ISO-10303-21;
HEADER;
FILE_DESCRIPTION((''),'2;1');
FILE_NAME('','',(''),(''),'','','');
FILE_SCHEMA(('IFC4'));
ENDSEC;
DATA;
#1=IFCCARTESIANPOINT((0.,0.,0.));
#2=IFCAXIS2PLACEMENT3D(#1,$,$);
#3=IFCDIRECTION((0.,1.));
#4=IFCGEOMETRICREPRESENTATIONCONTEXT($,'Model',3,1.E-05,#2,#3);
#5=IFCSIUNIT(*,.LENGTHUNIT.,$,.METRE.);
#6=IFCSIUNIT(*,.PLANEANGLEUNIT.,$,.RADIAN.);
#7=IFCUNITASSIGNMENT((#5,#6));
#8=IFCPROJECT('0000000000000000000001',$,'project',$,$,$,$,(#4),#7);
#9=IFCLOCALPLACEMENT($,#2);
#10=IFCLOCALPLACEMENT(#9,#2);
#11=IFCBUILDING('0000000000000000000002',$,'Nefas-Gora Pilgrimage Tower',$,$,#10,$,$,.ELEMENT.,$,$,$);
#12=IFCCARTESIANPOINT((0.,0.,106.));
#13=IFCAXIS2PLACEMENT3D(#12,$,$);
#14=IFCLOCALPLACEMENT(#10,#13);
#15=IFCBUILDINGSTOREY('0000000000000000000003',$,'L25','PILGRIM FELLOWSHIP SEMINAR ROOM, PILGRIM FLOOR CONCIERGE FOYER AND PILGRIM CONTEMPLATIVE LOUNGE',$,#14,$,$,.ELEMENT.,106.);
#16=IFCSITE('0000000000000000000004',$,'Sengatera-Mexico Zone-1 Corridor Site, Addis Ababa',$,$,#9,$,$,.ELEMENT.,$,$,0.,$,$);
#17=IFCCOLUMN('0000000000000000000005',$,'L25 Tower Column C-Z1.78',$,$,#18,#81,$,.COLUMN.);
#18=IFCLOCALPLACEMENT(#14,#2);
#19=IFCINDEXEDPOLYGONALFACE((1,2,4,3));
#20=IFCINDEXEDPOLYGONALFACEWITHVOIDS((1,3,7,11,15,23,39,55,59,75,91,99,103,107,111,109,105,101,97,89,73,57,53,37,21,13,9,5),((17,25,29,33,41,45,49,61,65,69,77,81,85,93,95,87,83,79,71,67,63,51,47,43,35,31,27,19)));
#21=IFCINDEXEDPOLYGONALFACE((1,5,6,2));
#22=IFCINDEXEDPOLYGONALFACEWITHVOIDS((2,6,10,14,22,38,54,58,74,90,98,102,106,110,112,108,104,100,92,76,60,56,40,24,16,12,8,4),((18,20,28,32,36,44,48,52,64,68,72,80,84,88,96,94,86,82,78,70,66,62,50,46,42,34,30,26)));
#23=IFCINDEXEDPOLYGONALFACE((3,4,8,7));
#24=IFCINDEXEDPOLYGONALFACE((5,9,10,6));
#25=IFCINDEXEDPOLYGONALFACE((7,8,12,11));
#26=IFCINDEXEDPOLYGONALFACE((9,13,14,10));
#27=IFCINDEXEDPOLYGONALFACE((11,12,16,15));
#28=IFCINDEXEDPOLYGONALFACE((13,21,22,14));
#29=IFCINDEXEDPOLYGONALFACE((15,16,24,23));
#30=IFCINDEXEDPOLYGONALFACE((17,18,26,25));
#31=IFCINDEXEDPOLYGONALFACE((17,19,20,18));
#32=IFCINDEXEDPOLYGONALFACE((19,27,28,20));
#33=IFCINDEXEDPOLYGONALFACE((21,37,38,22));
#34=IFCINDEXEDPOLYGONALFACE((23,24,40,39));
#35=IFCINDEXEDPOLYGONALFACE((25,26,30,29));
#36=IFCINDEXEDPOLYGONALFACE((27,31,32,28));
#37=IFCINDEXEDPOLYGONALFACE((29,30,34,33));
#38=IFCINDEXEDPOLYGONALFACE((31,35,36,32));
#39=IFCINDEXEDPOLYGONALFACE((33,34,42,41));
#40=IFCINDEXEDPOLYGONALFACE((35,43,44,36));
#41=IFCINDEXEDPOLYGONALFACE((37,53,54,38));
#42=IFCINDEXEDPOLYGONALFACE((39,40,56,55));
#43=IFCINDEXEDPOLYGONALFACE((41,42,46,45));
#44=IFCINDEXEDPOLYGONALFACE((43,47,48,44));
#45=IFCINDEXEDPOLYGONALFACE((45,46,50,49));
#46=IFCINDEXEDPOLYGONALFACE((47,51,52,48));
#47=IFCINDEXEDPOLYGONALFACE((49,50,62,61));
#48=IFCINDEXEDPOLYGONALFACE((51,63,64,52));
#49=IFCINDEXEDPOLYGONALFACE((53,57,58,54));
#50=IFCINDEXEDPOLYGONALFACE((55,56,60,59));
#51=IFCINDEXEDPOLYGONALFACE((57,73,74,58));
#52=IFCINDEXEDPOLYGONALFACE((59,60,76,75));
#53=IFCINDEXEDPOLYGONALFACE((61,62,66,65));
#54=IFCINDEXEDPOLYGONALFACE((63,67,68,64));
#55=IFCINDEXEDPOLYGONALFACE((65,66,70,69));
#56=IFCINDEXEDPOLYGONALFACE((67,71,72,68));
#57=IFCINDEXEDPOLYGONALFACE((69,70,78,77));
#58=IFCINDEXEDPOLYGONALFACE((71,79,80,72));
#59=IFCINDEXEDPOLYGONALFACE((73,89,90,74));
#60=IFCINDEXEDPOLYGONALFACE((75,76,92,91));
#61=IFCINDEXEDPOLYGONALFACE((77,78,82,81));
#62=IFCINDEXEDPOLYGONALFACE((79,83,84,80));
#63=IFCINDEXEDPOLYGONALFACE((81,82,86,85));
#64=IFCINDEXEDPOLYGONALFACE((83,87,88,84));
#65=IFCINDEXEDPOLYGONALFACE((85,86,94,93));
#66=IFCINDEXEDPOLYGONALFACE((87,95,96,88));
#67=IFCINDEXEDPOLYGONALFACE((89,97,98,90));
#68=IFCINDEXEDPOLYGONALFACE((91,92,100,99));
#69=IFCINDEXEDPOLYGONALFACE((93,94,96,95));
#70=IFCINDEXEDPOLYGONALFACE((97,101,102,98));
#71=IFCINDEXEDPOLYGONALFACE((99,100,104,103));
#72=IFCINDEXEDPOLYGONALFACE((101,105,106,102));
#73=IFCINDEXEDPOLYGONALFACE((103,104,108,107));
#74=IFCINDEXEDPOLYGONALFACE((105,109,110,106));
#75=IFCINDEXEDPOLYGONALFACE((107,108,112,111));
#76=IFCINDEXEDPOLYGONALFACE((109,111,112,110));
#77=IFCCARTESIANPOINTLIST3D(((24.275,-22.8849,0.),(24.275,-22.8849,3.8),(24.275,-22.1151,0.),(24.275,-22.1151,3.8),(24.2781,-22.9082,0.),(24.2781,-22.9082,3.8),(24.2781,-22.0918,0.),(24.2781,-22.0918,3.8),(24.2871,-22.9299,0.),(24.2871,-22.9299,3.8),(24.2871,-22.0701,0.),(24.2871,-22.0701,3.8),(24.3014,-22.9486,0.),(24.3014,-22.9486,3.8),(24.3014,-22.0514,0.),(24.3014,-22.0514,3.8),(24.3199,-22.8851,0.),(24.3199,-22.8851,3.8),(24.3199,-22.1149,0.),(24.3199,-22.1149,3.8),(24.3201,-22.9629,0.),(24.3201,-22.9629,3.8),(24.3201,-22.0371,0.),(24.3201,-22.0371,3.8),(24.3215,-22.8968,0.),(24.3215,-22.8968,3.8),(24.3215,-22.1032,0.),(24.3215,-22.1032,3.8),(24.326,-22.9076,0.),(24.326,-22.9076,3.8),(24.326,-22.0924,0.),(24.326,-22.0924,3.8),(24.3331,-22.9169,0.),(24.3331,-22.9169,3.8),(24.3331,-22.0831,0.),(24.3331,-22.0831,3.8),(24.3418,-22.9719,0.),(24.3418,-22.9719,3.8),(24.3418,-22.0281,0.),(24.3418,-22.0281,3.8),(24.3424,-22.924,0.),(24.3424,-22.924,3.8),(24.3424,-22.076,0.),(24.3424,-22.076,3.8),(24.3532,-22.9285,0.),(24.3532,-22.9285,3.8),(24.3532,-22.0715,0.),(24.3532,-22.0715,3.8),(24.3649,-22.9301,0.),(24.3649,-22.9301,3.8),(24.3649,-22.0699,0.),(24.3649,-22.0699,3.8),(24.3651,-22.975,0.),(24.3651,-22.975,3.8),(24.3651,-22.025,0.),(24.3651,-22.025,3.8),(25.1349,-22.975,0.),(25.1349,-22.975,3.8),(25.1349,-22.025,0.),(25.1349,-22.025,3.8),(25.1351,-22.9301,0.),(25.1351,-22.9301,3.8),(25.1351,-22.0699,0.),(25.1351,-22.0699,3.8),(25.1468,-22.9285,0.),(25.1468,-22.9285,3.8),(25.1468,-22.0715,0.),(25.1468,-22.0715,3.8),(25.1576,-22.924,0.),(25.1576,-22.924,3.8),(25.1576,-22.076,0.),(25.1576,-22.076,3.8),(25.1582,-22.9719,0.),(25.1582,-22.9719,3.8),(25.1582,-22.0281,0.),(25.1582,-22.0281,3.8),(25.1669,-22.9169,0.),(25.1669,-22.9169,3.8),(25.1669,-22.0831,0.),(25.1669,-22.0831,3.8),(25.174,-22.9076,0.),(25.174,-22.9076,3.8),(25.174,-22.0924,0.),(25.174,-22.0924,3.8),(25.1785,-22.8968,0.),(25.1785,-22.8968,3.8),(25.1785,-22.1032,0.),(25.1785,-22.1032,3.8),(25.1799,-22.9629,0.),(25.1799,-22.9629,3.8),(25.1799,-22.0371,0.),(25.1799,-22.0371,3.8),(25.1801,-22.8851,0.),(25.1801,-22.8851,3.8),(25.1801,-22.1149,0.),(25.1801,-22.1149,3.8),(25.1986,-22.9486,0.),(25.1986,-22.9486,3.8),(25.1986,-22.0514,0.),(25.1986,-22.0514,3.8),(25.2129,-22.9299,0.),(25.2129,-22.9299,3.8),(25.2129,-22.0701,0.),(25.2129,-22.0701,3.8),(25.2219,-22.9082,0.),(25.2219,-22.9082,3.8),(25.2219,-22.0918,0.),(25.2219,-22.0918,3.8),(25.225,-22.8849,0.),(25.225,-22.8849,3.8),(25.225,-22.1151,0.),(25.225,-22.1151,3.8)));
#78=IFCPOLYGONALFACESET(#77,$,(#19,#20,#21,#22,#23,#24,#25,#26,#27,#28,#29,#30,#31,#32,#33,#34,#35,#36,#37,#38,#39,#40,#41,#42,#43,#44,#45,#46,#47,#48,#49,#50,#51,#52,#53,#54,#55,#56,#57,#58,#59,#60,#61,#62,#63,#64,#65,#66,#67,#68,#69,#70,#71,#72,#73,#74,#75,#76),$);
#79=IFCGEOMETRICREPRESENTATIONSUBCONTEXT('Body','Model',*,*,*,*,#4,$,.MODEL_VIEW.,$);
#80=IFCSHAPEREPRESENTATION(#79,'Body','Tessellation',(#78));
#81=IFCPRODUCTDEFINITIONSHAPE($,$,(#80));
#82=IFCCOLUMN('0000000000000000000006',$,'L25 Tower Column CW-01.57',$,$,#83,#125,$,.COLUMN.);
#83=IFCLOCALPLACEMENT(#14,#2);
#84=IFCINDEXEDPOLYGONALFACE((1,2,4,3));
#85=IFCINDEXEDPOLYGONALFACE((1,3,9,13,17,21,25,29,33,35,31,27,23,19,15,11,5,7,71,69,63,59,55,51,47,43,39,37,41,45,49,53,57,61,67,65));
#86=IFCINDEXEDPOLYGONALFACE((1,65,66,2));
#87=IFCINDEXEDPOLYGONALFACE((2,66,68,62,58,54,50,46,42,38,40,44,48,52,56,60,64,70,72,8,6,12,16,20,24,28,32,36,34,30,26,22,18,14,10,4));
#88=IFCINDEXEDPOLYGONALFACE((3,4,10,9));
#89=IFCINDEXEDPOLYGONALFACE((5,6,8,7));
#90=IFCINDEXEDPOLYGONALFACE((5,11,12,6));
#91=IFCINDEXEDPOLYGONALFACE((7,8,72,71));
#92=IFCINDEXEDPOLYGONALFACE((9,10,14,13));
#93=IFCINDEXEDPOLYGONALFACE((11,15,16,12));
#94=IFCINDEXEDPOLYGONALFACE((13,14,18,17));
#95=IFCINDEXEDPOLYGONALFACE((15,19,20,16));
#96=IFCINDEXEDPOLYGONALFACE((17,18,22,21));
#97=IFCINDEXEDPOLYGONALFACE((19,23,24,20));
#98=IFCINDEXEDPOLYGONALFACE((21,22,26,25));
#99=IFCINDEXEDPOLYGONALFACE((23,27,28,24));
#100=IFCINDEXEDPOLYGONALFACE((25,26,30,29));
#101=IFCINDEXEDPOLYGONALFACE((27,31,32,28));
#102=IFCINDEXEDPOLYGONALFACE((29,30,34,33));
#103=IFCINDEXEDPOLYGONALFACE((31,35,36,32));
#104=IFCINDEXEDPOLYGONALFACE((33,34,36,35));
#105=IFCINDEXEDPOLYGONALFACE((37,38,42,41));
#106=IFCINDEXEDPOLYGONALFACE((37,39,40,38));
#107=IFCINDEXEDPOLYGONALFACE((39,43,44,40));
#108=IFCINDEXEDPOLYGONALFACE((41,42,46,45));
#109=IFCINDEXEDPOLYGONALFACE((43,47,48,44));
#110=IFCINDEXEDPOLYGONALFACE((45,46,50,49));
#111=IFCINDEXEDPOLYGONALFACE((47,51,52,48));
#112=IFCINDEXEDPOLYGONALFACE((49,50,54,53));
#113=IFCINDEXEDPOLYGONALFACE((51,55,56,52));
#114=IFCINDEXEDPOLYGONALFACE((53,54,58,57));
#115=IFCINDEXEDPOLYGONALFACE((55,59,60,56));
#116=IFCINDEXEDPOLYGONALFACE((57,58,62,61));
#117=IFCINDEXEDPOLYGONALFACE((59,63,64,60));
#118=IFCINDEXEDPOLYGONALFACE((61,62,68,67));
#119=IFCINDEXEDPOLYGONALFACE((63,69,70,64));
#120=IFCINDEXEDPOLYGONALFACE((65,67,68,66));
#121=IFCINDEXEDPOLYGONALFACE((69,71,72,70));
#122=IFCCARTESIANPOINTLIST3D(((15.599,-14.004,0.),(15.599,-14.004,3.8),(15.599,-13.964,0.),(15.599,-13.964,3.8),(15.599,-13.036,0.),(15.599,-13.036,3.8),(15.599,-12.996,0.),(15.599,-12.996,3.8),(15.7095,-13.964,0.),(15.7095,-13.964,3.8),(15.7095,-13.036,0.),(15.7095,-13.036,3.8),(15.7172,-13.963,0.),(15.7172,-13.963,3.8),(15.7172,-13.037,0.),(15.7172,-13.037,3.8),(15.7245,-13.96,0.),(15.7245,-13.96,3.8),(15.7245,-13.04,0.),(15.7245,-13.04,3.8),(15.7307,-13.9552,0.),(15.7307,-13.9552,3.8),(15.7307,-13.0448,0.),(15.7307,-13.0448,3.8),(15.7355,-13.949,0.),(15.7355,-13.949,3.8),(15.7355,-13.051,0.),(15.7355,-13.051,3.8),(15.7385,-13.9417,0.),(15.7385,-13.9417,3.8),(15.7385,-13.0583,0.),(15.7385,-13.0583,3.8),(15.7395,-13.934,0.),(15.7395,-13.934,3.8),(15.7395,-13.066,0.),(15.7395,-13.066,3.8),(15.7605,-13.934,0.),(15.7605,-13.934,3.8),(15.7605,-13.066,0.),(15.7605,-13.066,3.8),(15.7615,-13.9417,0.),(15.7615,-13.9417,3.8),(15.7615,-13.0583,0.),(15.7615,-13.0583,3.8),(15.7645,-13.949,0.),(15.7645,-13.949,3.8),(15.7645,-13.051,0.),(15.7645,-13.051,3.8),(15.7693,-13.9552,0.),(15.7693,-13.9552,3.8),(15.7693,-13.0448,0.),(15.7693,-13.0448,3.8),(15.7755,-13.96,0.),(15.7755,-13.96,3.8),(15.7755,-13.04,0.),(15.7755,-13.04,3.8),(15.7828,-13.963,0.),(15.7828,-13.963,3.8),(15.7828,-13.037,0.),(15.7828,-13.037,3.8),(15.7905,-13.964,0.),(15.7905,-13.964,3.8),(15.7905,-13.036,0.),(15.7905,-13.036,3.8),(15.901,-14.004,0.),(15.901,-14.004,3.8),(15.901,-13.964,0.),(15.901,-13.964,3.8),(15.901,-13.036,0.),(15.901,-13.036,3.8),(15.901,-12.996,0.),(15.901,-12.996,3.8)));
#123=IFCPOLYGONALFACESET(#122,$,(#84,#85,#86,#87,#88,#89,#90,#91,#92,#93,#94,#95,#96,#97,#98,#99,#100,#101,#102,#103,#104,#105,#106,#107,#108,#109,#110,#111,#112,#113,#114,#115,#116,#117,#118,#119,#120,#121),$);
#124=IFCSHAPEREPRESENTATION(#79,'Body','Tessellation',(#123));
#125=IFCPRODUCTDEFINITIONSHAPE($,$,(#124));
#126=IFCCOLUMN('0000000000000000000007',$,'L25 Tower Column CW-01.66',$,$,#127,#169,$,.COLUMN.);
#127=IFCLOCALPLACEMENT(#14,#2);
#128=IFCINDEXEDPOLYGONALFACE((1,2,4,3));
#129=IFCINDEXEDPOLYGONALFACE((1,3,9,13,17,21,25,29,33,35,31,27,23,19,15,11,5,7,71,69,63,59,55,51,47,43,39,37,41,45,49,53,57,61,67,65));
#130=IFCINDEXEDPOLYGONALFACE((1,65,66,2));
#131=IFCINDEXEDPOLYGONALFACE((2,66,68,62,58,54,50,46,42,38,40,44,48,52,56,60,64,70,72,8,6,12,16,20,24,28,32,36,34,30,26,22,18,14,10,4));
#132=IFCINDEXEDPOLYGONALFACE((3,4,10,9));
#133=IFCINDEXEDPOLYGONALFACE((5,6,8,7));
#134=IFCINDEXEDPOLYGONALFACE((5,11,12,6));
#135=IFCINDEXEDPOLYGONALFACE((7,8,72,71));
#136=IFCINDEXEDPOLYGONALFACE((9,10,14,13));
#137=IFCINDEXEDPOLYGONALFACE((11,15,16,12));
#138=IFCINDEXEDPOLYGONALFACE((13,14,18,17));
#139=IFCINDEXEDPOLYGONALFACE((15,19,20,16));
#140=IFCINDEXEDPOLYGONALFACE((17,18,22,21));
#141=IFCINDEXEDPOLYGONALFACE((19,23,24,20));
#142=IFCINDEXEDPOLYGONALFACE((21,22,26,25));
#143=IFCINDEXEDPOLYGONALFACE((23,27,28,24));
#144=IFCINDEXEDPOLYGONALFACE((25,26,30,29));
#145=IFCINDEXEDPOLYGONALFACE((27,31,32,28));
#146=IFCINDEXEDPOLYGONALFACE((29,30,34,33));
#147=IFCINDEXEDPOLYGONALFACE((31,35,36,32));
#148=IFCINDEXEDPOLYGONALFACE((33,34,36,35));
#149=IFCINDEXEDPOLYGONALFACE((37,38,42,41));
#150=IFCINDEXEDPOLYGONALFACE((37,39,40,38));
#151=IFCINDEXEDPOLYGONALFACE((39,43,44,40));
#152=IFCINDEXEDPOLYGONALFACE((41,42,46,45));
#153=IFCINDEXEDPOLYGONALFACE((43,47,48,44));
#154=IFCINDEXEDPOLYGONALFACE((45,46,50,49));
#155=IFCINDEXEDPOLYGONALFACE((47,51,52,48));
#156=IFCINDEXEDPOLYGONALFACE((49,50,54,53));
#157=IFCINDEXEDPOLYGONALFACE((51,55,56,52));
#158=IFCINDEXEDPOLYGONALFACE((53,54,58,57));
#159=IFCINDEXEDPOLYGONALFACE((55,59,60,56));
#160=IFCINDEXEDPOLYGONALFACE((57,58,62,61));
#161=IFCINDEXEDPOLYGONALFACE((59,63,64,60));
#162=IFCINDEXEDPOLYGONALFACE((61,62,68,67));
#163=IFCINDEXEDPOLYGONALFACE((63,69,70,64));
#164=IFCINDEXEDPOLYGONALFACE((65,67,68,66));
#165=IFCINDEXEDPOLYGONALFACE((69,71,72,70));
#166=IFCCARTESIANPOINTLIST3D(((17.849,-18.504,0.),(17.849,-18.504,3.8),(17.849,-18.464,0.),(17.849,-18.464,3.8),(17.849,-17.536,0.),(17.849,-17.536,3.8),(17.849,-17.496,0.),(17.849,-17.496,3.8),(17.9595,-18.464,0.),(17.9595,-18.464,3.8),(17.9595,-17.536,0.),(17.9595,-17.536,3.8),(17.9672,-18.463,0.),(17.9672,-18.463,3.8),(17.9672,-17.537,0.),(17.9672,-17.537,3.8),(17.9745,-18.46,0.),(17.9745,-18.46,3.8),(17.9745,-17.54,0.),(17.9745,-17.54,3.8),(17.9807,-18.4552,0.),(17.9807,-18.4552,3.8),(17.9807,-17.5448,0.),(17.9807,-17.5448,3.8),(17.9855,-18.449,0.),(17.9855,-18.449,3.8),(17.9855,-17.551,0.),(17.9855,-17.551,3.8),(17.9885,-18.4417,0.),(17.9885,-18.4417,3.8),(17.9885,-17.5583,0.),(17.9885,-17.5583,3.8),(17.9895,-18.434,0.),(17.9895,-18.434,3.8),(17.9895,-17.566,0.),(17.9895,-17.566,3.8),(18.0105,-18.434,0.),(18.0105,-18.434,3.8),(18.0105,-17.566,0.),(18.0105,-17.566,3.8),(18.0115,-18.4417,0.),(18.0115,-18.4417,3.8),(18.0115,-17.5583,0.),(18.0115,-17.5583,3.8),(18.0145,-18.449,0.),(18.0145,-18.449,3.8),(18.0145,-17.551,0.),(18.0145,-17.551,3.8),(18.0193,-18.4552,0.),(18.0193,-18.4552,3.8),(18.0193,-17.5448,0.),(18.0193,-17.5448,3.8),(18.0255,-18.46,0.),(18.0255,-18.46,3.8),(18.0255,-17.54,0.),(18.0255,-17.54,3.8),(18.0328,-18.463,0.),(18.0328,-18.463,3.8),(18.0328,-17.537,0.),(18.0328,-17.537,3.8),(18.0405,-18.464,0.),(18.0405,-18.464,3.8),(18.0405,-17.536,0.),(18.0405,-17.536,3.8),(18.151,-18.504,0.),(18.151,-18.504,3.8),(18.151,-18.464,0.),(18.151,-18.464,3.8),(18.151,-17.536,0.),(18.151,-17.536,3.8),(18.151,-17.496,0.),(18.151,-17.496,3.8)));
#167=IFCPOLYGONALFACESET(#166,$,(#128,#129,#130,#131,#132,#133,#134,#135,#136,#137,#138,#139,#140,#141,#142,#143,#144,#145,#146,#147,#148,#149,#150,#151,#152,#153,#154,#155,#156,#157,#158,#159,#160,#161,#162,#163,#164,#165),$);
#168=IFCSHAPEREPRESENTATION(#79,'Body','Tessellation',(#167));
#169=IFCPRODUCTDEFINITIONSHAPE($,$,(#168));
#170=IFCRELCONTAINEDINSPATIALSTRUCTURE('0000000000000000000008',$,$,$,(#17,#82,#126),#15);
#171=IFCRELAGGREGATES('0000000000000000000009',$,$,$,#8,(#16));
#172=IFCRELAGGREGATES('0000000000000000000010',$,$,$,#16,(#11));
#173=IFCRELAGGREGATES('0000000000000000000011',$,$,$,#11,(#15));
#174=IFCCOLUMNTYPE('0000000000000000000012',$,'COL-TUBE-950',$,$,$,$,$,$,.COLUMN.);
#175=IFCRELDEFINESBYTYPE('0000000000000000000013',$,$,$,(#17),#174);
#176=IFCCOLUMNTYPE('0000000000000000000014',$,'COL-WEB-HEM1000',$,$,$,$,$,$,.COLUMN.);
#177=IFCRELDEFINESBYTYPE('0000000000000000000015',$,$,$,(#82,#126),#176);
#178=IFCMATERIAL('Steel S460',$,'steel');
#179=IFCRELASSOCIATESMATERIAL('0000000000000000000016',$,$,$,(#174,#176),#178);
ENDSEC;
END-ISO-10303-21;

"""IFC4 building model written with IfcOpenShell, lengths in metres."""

from ifc_helpers import new_model, si_unit, direction, frame, origin, origin_2d, place, context, subcontext, project, spatial, hollow_rectangle, i_section, extrude, source, transform, mapped, material, material_profile, profile_set, type_object, element, save


model = new_model("IFC4")

# Units and contexts
model_context = context("Model", 3, precision=1e-05, world=origin(), true_north=direction((0.0, 1.0)))
body_context = subcontext(model_context, "Body", "Model", "MODEL_VIEW")
ifc_project = project(units=[si_unit("LENGTHUNIT", "METRE"), si_unit("PLANEANGLEUNIT", "RADIAN")], contexts=[model_context])

# Site, building, storey
site_placement = place(None, origin())
site = spatial("IfcSite", under=ifc_project, at=site_placement, Name="Sengatera-Mexico Zone-1 Corridor Site, Addis Ababa", CompositionType="ELEMENT", RefElevation=0.0)
building_placement = place(site_placement, origin())
building = spatial("IfcBuilding", under=site, at=building_placement, Name="Nefas-Gora Pilgrimage Tower", CompositionType="ELEMENT")
storey_placement = place(building_placement, frame((0.0, 0.0, 106.0)))
storey = spatial("IfcBuildingStorey", under=building, at=storey_placement, Name="L25", Description="PILGRIM FELLOWSHIP SEMINAR ROOM, PILGRIM FLOOR CONCIERGE FOYER AND PILGRIM CONTEMPLATIVE LOUNGE", CompositionType="ELEMENT", Elevation=106.0)

# Columns
ifc_material_1 = material(Name="Steel S460", Category="steel")
ifc_material_profile_1 = material_profile(ifc_material_1, hollow_rectangle(XDim=0.95, YDim=0.95, WallThickness=0.0449, InnerFilletRadius=0.0449, OuterFilletRadius=0.0901, at=origin_2d()), Name="BOX 950x950x45")
ifc_profile_set_1 = profile_set([ifc_material_profile_1], Name="Steel S460")
column_type_1 = type_object("IfcColumnType", Name="COL-TUBE-950", PredefinedType="COLUMN", material=ifc_profile_set_1)
shared_shape_1 = source(origin(), body_context, "Body", "SweptSolid", [
    extrude(hollow_rectangle(XDim=0.95, YDim=0.95, WallThickness=0.0449, InnerFilletRadius=0.0449, OuterFilletRadius=0.0901, at=origin_2d()), origin(), (0.0, 0.0, 1.0), 3.8),
])
for number, where, z_axis, x_axis, name in (
    (1, (24.75, -22.5, 0.0), (0.0, 0.0, 1.0), (1.0, 0.0, 0.0), "L25 Tower Column C-Z1.78"),
):
    element("IfcColumn", number, at=place(storey_placement, frame(where, z_axis=z_axis, x_axis=x_axis)), inside=storey, type_object=column_type_1, Name=name, PredefinedType="COLUMN", context=body_context, shape_type="MappedRepresentation", body=[
        mapped(shared_shape_1, transform((0.0, 0.0, 0.0), x_axis=(1.0, 0.0, 0.0), y_axis=(0.0, 1.0, 0.0), z_axis=(0.0, 0.0, 1.0), scale=1.0)),
    ])
ifc_material_profile_2 = material_profile(ifc_material_1, i_section(OverallWidth=0.302, OverallDepth=1.0081, WebThickness=0.021, FlangeThickness=0.04, FilletRadius=0.03, at=origin_2d()), Name="HEM 1000")
ifc_profile_set_2 = profile_set([ifc_material_profile_2], Name="Steel S460")
column_type_2 = type_object("IfcColumnType", Name="COL-WEB-HEM1000", PredefinedType="COLUMN", material=ifc_profile_set_2)
shared_shape_2 = source(origin(), body_context, "Body", "SweptSolid", [
    extrude(i_section(OverallWidth=0.302, OverallDepth=1.0081, WebThickness=0.021, FlangeThickness=0.04, FilletRadius=0.03, at=origin_2d()), origin(), (0.0, 0.0, 1.0), 3.8),
])
for number, where, z_axis, x_axis, name in (
    (2, (15.75, -13.5, 0.0), (0.0, 0.0, 1.0), (1.0, 0.0, 0.0), "L25 Tower Column CW-01.57"),
    (3, (18.0, -18.0, 0.0), (0.0, 0.0, 1.0), (1.0, 0.0, 0.0), "L25 Tower Column CW-01.66"),
):
    element("IfcColumn", number, at=place(storey_placement, frame(where, z_axis=z_axis, x_axis=x_axis)), inside=storey, type_object=column_type_2, Name=name, PredefinedType="COLUMN", context=body_context, shape_type="MappedRepresentation", body=[
        mapped(shared_shape_2, transform((0.0, 0.0, 0.0), x_axis=(1.0, 0.0, 0.0), y_axis=(0.0, 1.0, 0.0), z_axis=(0.0, 0.0, 1.0), scale=1.0)),
    ])

save(model, "model.ifc")
